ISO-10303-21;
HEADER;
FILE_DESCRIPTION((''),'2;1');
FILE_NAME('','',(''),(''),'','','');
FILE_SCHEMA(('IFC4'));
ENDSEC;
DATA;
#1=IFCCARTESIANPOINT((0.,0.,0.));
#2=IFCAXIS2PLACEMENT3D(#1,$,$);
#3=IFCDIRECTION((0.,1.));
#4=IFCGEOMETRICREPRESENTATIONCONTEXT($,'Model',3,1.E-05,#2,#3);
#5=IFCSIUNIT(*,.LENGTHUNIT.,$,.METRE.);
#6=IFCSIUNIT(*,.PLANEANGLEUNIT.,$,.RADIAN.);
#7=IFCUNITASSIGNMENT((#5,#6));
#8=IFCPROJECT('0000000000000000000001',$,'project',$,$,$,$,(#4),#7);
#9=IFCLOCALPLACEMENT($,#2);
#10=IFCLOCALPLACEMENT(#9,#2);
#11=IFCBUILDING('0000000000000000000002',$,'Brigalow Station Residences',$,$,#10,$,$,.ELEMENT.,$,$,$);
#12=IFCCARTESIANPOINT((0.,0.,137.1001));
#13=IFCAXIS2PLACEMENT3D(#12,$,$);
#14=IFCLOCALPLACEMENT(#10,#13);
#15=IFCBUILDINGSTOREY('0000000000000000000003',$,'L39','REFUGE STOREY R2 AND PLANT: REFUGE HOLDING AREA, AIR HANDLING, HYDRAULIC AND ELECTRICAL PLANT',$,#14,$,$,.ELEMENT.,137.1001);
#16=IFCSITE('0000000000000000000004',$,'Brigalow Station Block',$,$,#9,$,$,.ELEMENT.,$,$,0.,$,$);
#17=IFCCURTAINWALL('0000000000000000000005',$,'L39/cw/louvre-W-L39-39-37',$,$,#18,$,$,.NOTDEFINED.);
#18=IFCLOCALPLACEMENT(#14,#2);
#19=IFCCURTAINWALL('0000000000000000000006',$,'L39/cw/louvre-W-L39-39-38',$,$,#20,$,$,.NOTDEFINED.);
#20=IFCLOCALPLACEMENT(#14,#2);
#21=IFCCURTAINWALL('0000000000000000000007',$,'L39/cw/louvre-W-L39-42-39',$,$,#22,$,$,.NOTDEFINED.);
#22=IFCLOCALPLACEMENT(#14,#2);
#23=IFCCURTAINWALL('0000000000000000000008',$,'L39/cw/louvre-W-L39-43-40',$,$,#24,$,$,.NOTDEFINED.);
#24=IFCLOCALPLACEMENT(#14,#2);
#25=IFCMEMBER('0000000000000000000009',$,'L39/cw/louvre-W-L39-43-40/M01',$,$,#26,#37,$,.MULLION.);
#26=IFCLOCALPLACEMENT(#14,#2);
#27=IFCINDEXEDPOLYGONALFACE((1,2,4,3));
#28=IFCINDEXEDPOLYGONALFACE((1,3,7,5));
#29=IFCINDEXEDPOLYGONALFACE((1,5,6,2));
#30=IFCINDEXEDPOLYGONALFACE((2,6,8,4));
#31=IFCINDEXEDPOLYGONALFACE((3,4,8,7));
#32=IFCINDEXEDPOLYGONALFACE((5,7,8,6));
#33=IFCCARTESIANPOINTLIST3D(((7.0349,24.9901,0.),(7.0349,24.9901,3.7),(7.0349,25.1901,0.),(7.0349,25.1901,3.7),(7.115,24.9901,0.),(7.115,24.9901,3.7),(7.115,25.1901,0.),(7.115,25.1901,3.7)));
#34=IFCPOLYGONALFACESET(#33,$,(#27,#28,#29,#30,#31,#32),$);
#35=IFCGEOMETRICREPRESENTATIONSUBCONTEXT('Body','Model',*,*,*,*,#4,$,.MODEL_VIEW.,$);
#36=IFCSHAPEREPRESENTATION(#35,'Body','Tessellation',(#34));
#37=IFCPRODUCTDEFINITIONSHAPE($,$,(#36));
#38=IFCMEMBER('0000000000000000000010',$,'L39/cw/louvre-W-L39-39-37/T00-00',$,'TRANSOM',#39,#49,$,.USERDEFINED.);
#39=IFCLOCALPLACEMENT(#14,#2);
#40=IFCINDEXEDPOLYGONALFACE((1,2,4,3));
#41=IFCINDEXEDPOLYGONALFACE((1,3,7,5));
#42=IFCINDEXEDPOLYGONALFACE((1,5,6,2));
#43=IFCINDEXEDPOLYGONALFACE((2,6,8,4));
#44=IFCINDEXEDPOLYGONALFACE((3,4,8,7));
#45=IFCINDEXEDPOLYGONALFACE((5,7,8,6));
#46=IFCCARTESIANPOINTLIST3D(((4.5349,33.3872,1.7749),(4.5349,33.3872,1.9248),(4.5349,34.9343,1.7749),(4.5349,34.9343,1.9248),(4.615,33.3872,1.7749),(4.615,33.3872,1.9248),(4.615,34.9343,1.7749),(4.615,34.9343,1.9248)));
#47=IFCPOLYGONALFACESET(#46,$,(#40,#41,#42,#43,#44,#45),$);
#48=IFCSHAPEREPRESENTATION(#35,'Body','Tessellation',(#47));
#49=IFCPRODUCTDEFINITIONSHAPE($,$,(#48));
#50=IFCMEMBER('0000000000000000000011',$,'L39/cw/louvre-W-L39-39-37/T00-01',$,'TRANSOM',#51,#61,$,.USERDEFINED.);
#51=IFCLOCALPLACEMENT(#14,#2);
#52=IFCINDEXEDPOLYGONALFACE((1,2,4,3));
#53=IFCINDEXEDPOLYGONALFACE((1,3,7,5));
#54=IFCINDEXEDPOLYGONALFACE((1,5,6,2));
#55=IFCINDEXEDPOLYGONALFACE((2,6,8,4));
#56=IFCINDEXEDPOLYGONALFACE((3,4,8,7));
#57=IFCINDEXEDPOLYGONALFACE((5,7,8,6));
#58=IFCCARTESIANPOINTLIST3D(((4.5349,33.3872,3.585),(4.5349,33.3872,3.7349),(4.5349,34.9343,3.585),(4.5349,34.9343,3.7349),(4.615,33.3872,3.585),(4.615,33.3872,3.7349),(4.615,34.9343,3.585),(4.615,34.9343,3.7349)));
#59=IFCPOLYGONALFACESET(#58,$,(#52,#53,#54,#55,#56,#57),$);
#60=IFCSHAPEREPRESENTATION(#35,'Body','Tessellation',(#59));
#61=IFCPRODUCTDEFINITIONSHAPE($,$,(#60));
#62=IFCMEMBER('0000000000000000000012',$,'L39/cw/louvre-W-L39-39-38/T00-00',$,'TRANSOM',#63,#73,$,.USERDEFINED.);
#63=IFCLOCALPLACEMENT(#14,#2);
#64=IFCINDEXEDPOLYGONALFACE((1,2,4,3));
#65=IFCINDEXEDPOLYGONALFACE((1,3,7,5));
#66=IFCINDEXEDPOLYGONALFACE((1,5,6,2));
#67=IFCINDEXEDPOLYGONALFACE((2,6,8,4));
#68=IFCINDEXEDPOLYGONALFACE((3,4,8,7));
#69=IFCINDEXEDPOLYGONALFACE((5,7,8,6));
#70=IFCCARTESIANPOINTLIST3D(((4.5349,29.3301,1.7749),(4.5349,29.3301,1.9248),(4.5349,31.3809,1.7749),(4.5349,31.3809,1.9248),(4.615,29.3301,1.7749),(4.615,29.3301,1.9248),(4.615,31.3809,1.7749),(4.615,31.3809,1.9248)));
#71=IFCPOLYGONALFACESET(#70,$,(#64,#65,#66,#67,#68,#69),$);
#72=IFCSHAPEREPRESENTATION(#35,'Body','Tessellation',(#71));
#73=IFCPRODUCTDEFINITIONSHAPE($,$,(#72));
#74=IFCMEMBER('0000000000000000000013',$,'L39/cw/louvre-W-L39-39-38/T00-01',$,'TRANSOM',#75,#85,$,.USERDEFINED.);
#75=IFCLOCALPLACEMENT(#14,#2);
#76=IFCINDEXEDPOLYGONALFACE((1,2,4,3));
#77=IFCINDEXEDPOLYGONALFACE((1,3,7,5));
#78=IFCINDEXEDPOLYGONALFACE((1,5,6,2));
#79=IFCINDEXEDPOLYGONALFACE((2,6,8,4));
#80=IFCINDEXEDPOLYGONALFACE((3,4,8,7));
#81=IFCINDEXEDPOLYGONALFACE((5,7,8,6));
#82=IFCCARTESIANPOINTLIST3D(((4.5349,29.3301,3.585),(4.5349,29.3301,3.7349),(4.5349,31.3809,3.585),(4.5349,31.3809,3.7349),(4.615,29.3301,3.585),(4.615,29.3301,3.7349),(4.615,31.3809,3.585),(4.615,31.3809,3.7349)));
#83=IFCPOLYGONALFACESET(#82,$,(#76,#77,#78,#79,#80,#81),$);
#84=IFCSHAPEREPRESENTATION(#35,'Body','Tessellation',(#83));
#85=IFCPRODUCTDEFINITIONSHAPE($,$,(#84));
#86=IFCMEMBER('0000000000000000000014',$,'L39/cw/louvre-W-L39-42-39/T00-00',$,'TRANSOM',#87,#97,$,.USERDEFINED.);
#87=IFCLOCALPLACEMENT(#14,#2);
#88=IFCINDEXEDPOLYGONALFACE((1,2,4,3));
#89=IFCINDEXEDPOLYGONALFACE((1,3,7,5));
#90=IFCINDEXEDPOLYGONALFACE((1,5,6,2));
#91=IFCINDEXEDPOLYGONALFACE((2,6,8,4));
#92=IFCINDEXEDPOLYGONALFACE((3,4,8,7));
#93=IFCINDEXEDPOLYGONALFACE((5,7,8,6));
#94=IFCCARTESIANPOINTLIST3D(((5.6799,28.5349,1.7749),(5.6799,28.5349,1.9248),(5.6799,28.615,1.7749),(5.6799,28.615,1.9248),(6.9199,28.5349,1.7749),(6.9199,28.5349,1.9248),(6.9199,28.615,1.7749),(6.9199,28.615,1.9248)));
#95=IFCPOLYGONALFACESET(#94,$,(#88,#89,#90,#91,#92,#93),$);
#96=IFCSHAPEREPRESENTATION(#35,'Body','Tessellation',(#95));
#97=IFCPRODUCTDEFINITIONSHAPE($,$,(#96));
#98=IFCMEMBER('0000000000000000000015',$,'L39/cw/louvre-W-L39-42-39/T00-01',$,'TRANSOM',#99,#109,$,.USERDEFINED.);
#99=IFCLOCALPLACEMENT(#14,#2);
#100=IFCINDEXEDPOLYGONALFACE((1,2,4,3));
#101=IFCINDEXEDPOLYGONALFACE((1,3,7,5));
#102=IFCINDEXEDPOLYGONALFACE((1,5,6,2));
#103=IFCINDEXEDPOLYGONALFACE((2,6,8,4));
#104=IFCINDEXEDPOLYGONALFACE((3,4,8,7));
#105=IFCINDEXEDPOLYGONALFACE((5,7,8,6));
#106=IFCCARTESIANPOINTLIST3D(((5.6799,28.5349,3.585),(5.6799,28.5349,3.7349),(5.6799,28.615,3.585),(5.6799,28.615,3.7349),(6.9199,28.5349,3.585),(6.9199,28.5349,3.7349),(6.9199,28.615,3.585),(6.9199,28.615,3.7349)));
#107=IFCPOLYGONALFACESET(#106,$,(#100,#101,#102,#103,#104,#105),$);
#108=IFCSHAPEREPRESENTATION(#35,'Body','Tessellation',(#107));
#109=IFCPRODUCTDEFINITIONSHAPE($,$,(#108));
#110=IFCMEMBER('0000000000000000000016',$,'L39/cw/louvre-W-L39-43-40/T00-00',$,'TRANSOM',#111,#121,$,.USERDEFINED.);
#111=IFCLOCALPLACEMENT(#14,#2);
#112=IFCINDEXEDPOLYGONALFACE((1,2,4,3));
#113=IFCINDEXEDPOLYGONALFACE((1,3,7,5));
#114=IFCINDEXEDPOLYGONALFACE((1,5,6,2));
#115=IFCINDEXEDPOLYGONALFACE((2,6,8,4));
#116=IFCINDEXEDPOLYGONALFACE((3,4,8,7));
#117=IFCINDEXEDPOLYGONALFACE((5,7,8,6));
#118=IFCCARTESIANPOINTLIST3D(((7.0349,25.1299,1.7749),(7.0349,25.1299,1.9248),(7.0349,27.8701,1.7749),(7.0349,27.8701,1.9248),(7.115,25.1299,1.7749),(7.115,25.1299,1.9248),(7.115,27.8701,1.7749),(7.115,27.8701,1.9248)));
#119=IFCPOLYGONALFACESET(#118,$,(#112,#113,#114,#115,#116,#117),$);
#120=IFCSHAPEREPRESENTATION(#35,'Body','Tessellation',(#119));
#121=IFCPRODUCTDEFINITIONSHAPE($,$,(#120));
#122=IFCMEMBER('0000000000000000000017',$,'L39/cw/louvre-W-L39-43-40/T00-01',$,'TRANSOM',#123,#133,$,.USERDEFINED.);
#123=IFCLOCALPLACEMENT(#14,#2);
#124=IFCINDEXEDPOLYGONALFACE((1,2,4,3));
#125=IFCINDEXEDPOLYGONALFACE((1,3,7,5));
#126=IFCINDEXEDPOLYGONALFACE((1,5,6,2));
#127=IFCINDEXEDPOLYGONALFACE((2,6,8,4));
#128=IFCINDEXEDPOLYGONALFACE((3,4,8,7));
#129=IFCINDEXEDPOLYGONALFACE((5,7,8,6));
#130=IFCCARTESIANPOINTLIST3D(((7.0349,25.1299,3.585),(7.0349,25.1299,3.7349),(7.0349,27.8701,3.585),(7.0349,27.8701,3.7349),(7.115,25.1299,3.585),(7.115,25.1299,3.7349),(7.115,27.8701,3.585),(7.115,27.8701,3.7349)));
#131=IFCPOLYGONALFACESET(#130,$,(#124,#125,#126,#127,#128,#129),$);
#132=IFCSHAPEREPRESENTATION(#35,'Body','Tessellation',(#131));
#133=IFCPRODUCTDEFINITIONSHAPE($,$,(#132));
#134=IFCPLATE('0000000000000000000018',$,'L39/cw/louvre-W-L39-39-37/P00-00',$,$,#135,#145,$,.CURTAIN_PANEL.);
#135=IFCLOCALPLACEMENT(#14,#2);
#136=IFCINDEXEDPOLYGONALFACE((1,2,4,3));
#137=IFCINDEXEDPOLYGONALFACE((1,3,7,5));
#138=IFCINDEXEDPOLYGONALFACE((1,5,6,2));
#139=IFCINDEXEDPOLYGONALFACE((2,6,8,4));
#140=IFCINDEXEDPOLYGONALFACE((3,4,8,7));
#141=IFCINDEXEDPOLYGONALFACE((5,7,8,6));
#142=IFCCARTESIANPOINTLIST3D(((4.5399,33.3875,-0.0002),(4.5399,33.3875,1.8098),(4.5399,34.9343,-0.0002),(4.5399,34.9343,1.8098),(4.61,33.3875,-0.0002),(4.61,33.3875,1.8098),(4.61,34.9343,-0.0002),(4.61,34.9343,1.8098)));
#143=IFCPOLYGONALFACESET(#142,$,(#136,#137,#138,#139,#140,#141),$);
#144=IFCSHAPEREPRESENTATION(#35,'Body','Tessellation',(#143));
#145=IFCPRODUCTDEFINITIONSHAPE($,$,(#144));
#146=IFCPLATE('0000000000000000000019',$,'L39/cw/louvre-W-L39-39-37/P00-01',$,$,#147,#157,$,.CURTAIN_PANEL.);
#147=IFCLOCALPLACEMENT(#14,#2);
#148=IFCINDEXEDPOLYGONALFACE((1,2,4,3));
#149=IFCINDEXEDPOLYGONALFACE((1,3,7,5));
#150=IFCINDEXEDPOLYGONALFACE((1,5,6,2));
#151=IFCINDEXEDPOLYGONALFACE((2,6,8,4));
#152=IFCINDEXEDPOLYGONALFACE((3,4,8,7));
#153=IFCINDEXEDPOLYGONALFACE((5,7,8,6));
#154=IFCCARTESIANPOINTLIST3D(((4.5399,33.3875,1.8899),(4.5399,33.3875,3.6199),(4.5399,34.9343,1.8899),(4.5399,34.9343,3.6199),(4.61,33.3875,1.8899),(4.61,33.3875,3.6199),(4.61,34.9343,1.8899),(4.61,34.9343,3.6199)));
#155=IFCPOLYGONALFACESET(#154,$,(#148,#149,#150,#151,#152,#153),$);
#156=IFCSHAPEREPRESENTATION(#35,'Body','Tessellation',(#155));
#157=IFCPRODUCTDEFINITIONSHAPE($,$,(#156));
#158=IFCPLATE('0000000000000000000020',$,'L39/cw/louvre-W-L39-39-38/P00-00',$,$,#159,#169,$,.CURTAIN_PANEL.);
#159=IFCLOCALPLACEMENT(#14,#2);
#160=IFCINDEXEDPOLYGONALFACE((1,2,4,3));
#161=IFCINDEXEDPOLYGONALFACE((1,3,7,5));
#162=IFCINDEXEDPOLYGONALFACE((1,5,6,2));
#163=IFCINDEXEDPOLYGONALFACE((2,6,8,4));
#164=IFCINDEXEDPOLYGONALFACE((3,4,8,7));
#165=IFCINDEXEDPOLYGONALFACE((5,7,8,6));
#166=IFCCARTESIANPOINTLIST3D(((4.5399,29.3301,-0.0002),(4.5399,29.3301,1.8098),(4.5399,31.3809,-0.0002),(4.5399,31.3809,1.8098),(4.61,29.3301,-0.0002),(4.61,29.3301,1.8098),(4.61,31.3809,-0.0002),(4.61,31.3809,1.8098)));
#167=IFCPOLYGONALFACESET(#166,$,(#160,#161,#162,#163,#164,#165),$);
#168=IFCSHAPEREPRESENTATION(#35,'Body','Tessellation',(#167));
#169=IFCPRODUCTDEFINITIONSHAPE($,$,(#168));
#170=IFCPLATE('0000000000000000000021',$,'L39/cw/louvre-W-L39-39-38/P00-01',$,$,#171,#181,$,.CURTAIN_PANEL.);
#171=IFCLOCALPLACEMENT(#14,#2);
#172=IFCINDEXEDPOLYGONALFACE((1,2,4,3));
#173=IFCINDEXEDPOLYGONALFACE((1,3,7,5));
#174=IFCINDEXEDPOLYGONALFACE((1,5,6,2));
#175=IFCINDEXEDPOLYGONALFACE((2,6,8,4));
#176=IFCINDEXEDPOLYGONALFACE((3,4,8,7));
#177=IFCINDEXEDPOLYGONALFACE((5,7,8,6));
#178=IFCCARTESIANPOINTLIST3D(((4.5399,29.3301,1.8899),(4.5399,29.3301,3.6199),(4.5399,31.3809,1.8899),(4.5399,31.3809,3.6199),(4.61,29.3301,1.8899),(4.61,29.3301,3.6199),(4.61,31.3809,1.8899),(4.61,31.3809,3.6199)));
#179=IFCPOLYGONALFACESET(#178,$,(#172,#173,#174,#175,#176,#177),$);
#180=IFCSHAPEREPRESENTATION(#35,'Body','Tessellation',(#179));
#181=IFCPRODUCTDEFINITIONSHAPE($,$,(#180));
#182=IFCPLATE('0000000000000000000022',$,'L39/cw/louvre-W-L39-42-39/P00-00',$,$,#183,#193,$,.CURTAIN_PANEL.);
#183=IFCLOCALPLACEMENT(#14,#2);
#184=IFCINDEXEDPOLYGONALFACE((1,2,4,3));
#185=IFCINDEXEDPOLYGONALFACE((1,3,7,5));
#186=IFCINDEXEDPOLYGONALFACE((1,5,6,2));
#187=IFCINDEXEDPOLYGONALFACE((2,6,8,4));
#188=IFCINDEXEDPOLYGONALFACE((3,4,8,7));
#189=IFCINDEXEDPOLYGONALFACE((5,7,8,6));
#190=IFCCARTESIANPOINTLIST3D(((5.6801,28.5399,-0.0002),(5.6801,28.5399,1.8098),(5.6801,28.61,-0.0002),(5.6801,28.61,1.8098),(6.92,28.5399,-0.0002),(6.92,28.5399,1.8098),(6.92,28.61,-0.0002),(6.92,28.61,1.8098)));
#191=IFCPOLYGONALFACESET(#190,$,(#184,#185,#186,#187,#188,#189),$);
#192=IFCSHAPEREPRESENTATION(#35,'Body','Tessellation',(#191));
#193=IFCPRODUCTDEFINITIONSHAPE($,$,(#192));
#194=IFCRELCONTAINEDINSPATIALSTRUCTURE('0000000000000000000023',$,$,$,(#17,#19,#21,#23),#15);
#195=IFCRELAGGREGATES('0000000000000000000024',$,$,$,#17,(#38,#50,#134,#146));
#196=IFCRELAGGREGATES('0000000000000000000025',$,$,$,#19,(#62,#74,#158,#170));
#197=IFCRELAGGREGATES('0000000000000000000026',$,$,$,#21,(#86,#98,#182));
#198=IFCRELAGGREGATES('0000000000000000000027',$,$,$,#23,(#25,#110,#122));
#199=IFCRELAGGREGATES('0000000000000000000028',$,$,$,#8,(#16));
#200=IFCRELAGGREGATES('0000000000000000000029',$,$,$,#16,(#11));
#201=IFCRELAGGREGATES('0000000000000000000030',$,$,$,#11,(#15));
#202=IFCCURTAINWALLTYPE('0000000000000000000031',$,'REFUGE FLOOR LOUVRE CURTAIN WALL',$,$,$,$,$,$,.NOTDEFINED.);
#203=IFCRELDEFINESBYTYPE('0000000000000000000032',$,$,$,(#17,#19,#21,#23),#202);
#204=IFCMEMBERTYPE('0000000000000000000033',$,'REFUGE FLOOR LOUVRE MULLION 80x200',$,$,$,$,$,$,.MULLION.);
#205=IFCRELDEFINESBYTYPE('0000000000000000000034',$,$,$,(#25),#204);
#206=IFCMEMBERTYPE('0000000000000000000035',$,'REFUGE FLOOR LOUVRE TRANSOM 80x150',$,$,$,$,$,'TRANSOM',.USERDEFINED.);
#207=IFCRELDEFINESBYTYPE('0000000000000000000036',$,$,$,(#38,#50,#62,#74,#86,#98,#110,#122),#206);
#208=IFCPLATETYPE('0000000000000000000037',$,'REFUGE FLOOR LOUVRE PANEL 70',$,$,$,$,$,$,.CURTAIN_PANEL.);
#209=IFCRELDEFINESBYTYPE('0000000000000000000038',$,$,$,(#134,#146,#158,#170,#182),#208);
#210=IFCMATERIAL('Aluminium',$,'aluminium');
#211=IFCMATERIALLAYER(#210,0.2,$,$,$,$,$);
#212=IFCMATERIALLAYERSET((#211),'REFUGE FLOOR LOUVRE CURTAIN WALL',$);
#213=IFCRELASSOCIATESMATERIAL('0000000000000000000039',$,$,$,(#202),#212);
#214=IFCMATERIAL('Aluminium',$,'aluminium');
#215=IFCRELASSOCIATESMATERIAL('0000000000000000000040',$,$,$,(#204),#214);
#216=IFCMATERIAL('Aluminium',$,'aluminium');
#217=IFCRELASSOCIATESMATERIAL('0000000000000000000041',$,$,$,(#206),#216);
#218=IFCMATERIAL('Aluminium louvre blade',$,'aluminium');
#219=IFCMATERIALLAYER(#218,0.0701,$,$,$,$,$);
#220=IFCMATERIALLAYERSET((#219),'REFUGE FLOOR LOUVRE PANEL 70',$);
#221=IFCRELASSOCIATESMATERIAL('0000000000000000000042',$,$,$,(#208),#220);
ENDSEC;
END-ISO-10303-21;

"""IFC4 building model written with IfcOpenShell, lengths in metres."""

from ifc_helpers import new_model, si_unit, direction, frame, origin, origin_2d, place, context, subcontext, project, spatial, rectangle, extrude, material, layer, layer_set, material_profile, profile_set, type_object, element, aggregate, save


model = new_model("IFC4")

# Units and contexts
model_context = context("Model", 3, precision=1e-05, world=origin(), true_north=direction((0.0, 1.0)))
body_context = subcontext(model_context, "Body", "Model", "MODEL_VIEW")
ifc_project = project(units=[si_unit("LENGTHUNIT", "METRE"), si_unit("PLANEANGLEUNIT", "RADIAN")], contexts=[model_context])

# Site, building, storey
site_placement = place(None, origin())
site = spatial("IfcSite", under=ifc_project, at=site_placement, Name="Brigalow Station Block", CompositionType="ELEMENT", RefElevation=0.0)
building_placement = place(site_placement, origin())
building = spatial("IfcBuilding", under=site, at=building_placement, Name="Brigalow Station Residences", CompositionType="ELEMENT")
storey_placement = place(building_placement, frame((0.0, 0.0, 137.1001)))
storey = spatial("IfcBuildingStorey", under=building, at=storey_placement, Name="L39", Description="REFUGE STOREY R2 AND PLANT: REFUGE HOLDING AREA, AIR HANDLING, HYDRAULIC AND ELECTRICAL PLANT", CompositionType="ELEMENT", Elevation=137.1001)

# Curtain walls, member
ifc_material_1 = material(Name="Aluminium", Category="aluminium")
ifc_layer_1 = layer(ifc_material_1, 0.2)
ifc_layer_set_1 = layer_set([ifc_layer_1], Name="REFUGE FLOOR LOUVRE CURTAIN WALL")
curtain_wall_type = type_object("IfcCurtainWallType", Name="REFUGE FLOOR LOUVRE CURTAIN WALL", PredefinedType="NOTDEFINED", material=ifc_layer_set_1)
curtain_wall_1_placement = place(storey_placement, origin())
curtain_wall_1 = element("IfcCurtainWall", 1, at=curtain_wall_1_placement, inside=storey, type_object=curtain_wall_type, Name="L39/cw/louvre-W-L39-39-37", PredefinedType="NOTDEFINED")
ifc_material_2 = material(Name="Aluminium", Category="aluminium")
ifc_material_profile_1 = material_profile(ifc_material_2, rectangle(XDim=0.0801, YDim=0.2, at=origin_2d()), Name="REFUGE FLOOR LOUVRE MULLION 80x200")
ifc_profile_set_1 = profile_set([ifc_material_profile_1], Name="Aluminium")
member_type_1 = type_object("IfcMemberType", Name="REFUGE FLOOR LOUVRE MULLION 80x200", PredefinedType="MULLION", material=ifc_profile_set_1)
curtain_wall_2_placement = place(storey_placement, origin())
curtain_wall_2 = element("IfcCurtainWall", 2, at=curtain_wall_2_placement, inside=storey, type_object=curtain_wall_type, Name="L39/cw/louvre-W-L39-39-38", PredefinedType="NOTDEFINED")
curtain_wall_3_placement = place(storey_placement, origin())
curtain_wall_3 = element("IfcCurtainWall", 3, at=curtain_wall_3_placement, inside=storey, type_object=curtain_wall_type, Name="L39/cw/louvre-W-L39-42-39", PredefinedType="NOTDEFINED")
curtain_wall_4_placement = place(storey_placement, origin())
curtain_wall_4 = element("IfcCurtainWall", 4, at=curtain_wall_4_placement, inside=storey, type_object=curtain_wall_type, Name="L39/cw/louvre-W-L39-43-40", PredefinedType="NOTDEFINED")
member_1_placement = place(storey_placement, frame((7.075, 25.0901, 0.0), z_axis=(0.0, 0.0, 1.0), x_axis=(1.0, 0.0, 0.0)))
member_1 = element("IfcMember", 5, at=member_1_placement, type_object=member_type_1, Name="L39/cw/louvre-W-L39-43-40/M01", PredefinedType="MULLION", context=body_context, shape_type="SweptSolid", body=[
    extrude(rectangle(XDim=0.0801, YDim=0.2, at=origin_2d()), origin(), (0.0, 0.0, 1.0), 3.7),
])

# Members
ifc_material_3 = material(Name="Aluminium", Category="aluminium")
ifc_material_profile_2 = material_profile(ifc_material_3, rectangle(XDim=0.0801, YDim=0.1499, at=origin_2d()), Name="REFUGE FLOOR LOUVRE TRANSOM 80x150")
ifc_profile_set_2 = profile_set([ifc_material_profile_2], Name="Aluminium")
member_type_2 = type_object("IfcMemberType", Name="REFUGE FLOOR LOUVRE TRANSOM 80x150", ElementType="TRANSOM", PredefinedType="USERDEFINED", material=ifc_profile_set_2)
member_2_placement = place(storey_placement, frame((4.575, 34.9343, 1.8499), z_axis=(0.0, -1.0, 0.0), x_axis=(1.0, 0.0, 0.0)))
member_2 = element("IfcMember", 6, at=member_2_placement, type_object=member_type_2, Name="L39/cw/louvre-W-L39-39-37/T00-00", ObjectType="TRANSOM", PredefinedType="USERDEFINED", context=body_context, shape_type="SweptSolid", body=[
    extrude(rectangle(XDim=0.0801, YDim=0.1499, at=origin_2d()), origin(), (0.0, 0.0, 1.0), 1.5471),
])
member_3_placement = place(storey_placement, frame((4.575, 34.9343, 3.6599), z_axis=(0.0, -1.0, 0.0), x_axis=(1.0, 0.0, 0.0)))
member_3 = element("IfcMember", 7, at=member_3_placement, type_object=member_type_2, Name="L39/cw/louvre-W-L39-39-37/T00-01", ObjectType="TRANSOM", PredefinedType="USERDEFINED", context=body_context, shape_type="SweptSolid", body=[
    extrude(rectangle(XDim=0.0801, YDim=0.1499, at=origin_2d()), origin(), (0.0, 0.0, 1.0), 1.5471),
])
member_4_placement = place(storey_placement, frame((4.575, 31.3809, 1.8499), z_axis=(0.0, -1.0, 0.0), x_axis=(1.0, 0.0, 0.0)))
member_4 = element("IfcMember", 8, at=member_4_placement, type_object=member_type_2, Name="L39/cw/louvre-W-L39-39-38/T00-00", ObjectType="TRANSOM", PredefinedType="USERDEFINED", context=body_context, shape_type="SweptSolid", body=[
    extrude(rectangle(XDim=0.0801, YDim=0.1499, at=origin_2d()), origin(), (0.0, 0.0, 1.0), 2.0508),
])
member_5_placement = place(storey_placement, frame((4.575, 31.3809, 3.6599), z_axis=(0.0, -1.0, 0.0), x_axis=(1.0, 0.0, 0.0)))
member_5 = element("IfcMember", 9, at=member_5_placement, type_object=member_type_2, Name="L39/cw/louvre-W-L39-39-38/T00-01", ObjectType="TRANSOM", PredefinedType="USERDEFINED", context=body_context, shape_type="SweptSolid", body=[
    extrude(rectangle(XDim=0.0801, YDim=0.1499, at=origin_2d()), origin(), (0.0, 0.0, 1.0), 2.0508),
])
member_6_placement = place(storey_placement, frame((5.6799, 28.575, 1.8499), z_axis=(1.0, 0.0, 0.0), x_axis=(0.0, 1.0, 0.0)))
member_6 = element("IfcMember", 10, at=member_6_placement, type_object=member_type_2, Name="L39/cw/louvre-W-L39-42-39/T00-00", ObjectType="TRANSOM", PredefinedType="USERDEFINED", context=body_context, shape_type="SweptSolid", body=[
    extrude(rectangle(XDim=0.0801, YDim=0.1499, at=origin_2d()), origin(), (0.0, 0.0, 1.0), 1.24),
])
member_7_placement = place(storey_placement, frame((5.6799, 28.575, 3.6599), z_axis=(1.0, 0.0, 0.0), x_axis=(0.0, 1.0, 0.0)))
member_7 = element("IfcMember", 11, at=member_7_placement, type_object=member_type_2, Name="L39/cw/louvre-W-L39-42-39/T00-01", ObjectType="TRANSOM", PredefinedType="USERDEFINED", context=body_context, shape_type="SweptSolid", body=[
    extrude(rectangle(XDim=0.0801, YDim=0.1499, at=origin_2d()), origin(), (0.0, 0.0, 1.0), 1.24),
])
member_8_placement = place(storey_placement, frame((7.075, 27.8701, 1.8499), z_axis=(0.0, -1.0, 0.0), x_axis=(1.0, 0.0, 0.0)))
member_8 = element("IfcMember", 12, at=member_8_placement, type_object=member_type_2, Name="L39/cw/louvre-W-L39-43-40/T00-00", ObjectType="TRANSOM", PredefinedType="USERDEFINED", context=body_context, shape_type="SweptSolid", body=[
    extrude(rectangle(XDim=0.0801, YDim=0.1499, at=origin_2d()), origin(), (0.0, 0.0, 1.0), 2.7402),
])
member_9_placement = place(storey_placement, frame((7.075, 27.8701, 3.6599), z_axis=(0.0, -1.0, 0.0), x_axis=(1.0, 0.0, 0.0)))
member_9 = element("IfcMember", 13, at=member_9_placement, type_object=member_type_2, Name="L39/cw/louvre-W-L39-43-40/T00-01", ObjectType="TRANSOM", PredefinedType="USERDEFINED", context=body_context, shape_type="SweptSolid", body=[
    extrude(rectangle(XDim=0.0801, YDim=0.1499, at=origin_2d()), origin(), (0.0, 0.0, 1.0), 2.7402),
])

# Plates
ifc_material_4 = material(Name="Aluminium louvre blade", Category="aluminium")
ifc_layer_2 = layer(ifc_material_4, 0.0701)
ifc_layer_set_2 = layer_set([ifc_layer_2], Name="REFUGE FLOOR LOUVRE PANEL 70")
plate_type = type_object("IfcPlateType", Name="REFUGE FLOOR LOUVRE PANEL 70", PredefinedType="CURTAIN_PANEL", material=ifc_layer_set_2)
plate_1_placement = place(storey_placement, frame((4.575, 34.1609, -0.0002), z_axis=(0.0, 0.0, 1.0), x_axis=(0.0, -1.0, 0.0)))
plate_1 = element("IfcPlate", 14, at=plate_1_placement, type_object=plate_type, Name="L39/cw/louvre-W-L39-39-37/P00-00", PredefinedType="CURTAIN_PANEL", context=body_context, shape_type="SweptSolid", body=[
    extrude(rectangle(XDim=1.5469, YDim=0.0701, at=origin_2d()), origin(), (0.0, 0.0, 1.0), 1.8101),
])
plate_2_placement = place(storey_placement, frame((4.575, 34.1609, 1.8899), z_axis=(0.0, 0.0, 1.0), x_axis=(0.0, -1.0, 0.0)))
plate_2 = element("IfcPlate", 15, at=plate_2_placement, type_object=plate_type, Name="L39/cw/louvre-W-L39-39-37/P00-01", PredefinedType="CURTAIN_PANEL", context=body_context, shape_type="SweptSolid", body=[
    extrude(rectangle(XDim=1.5469, YDim=0.0701, at=origin_2d()), origin(), (0.0, 0.0, 1.0), 1.73),
])
aggregate(curtain_wall_1, [member_2, member_3, plate_1, plate_2])
plate_3_placement = place(storey_placement, frame((4.575, 30.3555, -0.0002), z_axis=(0.0, 0.0, 1.0), x_axis=(0.0, -1.0, 0.0)))
plate_3 = element("IfcPlate", 16, at=plate_3_placement, type_object=plate_type, Name="L39/cw/louvre-W-L39-39-38/P00-00", PredefinedType="CURTAIN_PANEL", context=body_context, shape_type="SweptSolid", body=[
    extrude(rectangle(XDim=2.0508, YDim=0.0701, at=origin_2d()), origin(), (0.0, 0.0, 1.0), 1.8101),
])
plate_4_placement = place(storey_placement, frame((4.575, 30.3555, 1.8899), z_axis=(0.0, 0.0, 1.0), x_axis=(0.0, -1.0, 0.0)))
plate_4 = element("IfcPlate", 17, at=plate_4_placement, type_object=plate_type, Name="L39/cw/louvre-W-L39-39-38/P00-01", PredefinedType="CURTAIN_PANEL", context=body_context, shape_type="SweptSolid", body=[
    extrude(rectangle(XDim=2.0508, YDim=0.0701, at=origin_2d()), origin(), (0.0, 0.0, 1.0), 1.73),
])
aggregate(curtain_wall_2, [member_4, member_5, plate_3, plate_4])
plate_5_placement = place(storey_placement, frame((6.3, 28.575, -0.0002), z_axis=(0.0, 0.0, 1.0), x_axis=(1.0, 0.0, 0.0)))
plate_5 = element("IfcPlate", 18, at=plate_5_placement, type_object=plate_type, Name="L39/cw/louvre-W-L39-42-39/P00-00", PredefinedType="CURTAIN_PANEL", context=body_context, shape_type="SweptSolid", body=[
    extrude(rectangle(XDim=1.24, YDim=0.0701, at=origin_2d()), origin(), (0.0, 0.0, 1.0), 1.8101),
])
aggregate(curtain_wall_3, [member_6, member_7, plate_5])
aggregate(curtain_wall_4, [member_1, member_8, member_9])

save(model, "model.ifc")
